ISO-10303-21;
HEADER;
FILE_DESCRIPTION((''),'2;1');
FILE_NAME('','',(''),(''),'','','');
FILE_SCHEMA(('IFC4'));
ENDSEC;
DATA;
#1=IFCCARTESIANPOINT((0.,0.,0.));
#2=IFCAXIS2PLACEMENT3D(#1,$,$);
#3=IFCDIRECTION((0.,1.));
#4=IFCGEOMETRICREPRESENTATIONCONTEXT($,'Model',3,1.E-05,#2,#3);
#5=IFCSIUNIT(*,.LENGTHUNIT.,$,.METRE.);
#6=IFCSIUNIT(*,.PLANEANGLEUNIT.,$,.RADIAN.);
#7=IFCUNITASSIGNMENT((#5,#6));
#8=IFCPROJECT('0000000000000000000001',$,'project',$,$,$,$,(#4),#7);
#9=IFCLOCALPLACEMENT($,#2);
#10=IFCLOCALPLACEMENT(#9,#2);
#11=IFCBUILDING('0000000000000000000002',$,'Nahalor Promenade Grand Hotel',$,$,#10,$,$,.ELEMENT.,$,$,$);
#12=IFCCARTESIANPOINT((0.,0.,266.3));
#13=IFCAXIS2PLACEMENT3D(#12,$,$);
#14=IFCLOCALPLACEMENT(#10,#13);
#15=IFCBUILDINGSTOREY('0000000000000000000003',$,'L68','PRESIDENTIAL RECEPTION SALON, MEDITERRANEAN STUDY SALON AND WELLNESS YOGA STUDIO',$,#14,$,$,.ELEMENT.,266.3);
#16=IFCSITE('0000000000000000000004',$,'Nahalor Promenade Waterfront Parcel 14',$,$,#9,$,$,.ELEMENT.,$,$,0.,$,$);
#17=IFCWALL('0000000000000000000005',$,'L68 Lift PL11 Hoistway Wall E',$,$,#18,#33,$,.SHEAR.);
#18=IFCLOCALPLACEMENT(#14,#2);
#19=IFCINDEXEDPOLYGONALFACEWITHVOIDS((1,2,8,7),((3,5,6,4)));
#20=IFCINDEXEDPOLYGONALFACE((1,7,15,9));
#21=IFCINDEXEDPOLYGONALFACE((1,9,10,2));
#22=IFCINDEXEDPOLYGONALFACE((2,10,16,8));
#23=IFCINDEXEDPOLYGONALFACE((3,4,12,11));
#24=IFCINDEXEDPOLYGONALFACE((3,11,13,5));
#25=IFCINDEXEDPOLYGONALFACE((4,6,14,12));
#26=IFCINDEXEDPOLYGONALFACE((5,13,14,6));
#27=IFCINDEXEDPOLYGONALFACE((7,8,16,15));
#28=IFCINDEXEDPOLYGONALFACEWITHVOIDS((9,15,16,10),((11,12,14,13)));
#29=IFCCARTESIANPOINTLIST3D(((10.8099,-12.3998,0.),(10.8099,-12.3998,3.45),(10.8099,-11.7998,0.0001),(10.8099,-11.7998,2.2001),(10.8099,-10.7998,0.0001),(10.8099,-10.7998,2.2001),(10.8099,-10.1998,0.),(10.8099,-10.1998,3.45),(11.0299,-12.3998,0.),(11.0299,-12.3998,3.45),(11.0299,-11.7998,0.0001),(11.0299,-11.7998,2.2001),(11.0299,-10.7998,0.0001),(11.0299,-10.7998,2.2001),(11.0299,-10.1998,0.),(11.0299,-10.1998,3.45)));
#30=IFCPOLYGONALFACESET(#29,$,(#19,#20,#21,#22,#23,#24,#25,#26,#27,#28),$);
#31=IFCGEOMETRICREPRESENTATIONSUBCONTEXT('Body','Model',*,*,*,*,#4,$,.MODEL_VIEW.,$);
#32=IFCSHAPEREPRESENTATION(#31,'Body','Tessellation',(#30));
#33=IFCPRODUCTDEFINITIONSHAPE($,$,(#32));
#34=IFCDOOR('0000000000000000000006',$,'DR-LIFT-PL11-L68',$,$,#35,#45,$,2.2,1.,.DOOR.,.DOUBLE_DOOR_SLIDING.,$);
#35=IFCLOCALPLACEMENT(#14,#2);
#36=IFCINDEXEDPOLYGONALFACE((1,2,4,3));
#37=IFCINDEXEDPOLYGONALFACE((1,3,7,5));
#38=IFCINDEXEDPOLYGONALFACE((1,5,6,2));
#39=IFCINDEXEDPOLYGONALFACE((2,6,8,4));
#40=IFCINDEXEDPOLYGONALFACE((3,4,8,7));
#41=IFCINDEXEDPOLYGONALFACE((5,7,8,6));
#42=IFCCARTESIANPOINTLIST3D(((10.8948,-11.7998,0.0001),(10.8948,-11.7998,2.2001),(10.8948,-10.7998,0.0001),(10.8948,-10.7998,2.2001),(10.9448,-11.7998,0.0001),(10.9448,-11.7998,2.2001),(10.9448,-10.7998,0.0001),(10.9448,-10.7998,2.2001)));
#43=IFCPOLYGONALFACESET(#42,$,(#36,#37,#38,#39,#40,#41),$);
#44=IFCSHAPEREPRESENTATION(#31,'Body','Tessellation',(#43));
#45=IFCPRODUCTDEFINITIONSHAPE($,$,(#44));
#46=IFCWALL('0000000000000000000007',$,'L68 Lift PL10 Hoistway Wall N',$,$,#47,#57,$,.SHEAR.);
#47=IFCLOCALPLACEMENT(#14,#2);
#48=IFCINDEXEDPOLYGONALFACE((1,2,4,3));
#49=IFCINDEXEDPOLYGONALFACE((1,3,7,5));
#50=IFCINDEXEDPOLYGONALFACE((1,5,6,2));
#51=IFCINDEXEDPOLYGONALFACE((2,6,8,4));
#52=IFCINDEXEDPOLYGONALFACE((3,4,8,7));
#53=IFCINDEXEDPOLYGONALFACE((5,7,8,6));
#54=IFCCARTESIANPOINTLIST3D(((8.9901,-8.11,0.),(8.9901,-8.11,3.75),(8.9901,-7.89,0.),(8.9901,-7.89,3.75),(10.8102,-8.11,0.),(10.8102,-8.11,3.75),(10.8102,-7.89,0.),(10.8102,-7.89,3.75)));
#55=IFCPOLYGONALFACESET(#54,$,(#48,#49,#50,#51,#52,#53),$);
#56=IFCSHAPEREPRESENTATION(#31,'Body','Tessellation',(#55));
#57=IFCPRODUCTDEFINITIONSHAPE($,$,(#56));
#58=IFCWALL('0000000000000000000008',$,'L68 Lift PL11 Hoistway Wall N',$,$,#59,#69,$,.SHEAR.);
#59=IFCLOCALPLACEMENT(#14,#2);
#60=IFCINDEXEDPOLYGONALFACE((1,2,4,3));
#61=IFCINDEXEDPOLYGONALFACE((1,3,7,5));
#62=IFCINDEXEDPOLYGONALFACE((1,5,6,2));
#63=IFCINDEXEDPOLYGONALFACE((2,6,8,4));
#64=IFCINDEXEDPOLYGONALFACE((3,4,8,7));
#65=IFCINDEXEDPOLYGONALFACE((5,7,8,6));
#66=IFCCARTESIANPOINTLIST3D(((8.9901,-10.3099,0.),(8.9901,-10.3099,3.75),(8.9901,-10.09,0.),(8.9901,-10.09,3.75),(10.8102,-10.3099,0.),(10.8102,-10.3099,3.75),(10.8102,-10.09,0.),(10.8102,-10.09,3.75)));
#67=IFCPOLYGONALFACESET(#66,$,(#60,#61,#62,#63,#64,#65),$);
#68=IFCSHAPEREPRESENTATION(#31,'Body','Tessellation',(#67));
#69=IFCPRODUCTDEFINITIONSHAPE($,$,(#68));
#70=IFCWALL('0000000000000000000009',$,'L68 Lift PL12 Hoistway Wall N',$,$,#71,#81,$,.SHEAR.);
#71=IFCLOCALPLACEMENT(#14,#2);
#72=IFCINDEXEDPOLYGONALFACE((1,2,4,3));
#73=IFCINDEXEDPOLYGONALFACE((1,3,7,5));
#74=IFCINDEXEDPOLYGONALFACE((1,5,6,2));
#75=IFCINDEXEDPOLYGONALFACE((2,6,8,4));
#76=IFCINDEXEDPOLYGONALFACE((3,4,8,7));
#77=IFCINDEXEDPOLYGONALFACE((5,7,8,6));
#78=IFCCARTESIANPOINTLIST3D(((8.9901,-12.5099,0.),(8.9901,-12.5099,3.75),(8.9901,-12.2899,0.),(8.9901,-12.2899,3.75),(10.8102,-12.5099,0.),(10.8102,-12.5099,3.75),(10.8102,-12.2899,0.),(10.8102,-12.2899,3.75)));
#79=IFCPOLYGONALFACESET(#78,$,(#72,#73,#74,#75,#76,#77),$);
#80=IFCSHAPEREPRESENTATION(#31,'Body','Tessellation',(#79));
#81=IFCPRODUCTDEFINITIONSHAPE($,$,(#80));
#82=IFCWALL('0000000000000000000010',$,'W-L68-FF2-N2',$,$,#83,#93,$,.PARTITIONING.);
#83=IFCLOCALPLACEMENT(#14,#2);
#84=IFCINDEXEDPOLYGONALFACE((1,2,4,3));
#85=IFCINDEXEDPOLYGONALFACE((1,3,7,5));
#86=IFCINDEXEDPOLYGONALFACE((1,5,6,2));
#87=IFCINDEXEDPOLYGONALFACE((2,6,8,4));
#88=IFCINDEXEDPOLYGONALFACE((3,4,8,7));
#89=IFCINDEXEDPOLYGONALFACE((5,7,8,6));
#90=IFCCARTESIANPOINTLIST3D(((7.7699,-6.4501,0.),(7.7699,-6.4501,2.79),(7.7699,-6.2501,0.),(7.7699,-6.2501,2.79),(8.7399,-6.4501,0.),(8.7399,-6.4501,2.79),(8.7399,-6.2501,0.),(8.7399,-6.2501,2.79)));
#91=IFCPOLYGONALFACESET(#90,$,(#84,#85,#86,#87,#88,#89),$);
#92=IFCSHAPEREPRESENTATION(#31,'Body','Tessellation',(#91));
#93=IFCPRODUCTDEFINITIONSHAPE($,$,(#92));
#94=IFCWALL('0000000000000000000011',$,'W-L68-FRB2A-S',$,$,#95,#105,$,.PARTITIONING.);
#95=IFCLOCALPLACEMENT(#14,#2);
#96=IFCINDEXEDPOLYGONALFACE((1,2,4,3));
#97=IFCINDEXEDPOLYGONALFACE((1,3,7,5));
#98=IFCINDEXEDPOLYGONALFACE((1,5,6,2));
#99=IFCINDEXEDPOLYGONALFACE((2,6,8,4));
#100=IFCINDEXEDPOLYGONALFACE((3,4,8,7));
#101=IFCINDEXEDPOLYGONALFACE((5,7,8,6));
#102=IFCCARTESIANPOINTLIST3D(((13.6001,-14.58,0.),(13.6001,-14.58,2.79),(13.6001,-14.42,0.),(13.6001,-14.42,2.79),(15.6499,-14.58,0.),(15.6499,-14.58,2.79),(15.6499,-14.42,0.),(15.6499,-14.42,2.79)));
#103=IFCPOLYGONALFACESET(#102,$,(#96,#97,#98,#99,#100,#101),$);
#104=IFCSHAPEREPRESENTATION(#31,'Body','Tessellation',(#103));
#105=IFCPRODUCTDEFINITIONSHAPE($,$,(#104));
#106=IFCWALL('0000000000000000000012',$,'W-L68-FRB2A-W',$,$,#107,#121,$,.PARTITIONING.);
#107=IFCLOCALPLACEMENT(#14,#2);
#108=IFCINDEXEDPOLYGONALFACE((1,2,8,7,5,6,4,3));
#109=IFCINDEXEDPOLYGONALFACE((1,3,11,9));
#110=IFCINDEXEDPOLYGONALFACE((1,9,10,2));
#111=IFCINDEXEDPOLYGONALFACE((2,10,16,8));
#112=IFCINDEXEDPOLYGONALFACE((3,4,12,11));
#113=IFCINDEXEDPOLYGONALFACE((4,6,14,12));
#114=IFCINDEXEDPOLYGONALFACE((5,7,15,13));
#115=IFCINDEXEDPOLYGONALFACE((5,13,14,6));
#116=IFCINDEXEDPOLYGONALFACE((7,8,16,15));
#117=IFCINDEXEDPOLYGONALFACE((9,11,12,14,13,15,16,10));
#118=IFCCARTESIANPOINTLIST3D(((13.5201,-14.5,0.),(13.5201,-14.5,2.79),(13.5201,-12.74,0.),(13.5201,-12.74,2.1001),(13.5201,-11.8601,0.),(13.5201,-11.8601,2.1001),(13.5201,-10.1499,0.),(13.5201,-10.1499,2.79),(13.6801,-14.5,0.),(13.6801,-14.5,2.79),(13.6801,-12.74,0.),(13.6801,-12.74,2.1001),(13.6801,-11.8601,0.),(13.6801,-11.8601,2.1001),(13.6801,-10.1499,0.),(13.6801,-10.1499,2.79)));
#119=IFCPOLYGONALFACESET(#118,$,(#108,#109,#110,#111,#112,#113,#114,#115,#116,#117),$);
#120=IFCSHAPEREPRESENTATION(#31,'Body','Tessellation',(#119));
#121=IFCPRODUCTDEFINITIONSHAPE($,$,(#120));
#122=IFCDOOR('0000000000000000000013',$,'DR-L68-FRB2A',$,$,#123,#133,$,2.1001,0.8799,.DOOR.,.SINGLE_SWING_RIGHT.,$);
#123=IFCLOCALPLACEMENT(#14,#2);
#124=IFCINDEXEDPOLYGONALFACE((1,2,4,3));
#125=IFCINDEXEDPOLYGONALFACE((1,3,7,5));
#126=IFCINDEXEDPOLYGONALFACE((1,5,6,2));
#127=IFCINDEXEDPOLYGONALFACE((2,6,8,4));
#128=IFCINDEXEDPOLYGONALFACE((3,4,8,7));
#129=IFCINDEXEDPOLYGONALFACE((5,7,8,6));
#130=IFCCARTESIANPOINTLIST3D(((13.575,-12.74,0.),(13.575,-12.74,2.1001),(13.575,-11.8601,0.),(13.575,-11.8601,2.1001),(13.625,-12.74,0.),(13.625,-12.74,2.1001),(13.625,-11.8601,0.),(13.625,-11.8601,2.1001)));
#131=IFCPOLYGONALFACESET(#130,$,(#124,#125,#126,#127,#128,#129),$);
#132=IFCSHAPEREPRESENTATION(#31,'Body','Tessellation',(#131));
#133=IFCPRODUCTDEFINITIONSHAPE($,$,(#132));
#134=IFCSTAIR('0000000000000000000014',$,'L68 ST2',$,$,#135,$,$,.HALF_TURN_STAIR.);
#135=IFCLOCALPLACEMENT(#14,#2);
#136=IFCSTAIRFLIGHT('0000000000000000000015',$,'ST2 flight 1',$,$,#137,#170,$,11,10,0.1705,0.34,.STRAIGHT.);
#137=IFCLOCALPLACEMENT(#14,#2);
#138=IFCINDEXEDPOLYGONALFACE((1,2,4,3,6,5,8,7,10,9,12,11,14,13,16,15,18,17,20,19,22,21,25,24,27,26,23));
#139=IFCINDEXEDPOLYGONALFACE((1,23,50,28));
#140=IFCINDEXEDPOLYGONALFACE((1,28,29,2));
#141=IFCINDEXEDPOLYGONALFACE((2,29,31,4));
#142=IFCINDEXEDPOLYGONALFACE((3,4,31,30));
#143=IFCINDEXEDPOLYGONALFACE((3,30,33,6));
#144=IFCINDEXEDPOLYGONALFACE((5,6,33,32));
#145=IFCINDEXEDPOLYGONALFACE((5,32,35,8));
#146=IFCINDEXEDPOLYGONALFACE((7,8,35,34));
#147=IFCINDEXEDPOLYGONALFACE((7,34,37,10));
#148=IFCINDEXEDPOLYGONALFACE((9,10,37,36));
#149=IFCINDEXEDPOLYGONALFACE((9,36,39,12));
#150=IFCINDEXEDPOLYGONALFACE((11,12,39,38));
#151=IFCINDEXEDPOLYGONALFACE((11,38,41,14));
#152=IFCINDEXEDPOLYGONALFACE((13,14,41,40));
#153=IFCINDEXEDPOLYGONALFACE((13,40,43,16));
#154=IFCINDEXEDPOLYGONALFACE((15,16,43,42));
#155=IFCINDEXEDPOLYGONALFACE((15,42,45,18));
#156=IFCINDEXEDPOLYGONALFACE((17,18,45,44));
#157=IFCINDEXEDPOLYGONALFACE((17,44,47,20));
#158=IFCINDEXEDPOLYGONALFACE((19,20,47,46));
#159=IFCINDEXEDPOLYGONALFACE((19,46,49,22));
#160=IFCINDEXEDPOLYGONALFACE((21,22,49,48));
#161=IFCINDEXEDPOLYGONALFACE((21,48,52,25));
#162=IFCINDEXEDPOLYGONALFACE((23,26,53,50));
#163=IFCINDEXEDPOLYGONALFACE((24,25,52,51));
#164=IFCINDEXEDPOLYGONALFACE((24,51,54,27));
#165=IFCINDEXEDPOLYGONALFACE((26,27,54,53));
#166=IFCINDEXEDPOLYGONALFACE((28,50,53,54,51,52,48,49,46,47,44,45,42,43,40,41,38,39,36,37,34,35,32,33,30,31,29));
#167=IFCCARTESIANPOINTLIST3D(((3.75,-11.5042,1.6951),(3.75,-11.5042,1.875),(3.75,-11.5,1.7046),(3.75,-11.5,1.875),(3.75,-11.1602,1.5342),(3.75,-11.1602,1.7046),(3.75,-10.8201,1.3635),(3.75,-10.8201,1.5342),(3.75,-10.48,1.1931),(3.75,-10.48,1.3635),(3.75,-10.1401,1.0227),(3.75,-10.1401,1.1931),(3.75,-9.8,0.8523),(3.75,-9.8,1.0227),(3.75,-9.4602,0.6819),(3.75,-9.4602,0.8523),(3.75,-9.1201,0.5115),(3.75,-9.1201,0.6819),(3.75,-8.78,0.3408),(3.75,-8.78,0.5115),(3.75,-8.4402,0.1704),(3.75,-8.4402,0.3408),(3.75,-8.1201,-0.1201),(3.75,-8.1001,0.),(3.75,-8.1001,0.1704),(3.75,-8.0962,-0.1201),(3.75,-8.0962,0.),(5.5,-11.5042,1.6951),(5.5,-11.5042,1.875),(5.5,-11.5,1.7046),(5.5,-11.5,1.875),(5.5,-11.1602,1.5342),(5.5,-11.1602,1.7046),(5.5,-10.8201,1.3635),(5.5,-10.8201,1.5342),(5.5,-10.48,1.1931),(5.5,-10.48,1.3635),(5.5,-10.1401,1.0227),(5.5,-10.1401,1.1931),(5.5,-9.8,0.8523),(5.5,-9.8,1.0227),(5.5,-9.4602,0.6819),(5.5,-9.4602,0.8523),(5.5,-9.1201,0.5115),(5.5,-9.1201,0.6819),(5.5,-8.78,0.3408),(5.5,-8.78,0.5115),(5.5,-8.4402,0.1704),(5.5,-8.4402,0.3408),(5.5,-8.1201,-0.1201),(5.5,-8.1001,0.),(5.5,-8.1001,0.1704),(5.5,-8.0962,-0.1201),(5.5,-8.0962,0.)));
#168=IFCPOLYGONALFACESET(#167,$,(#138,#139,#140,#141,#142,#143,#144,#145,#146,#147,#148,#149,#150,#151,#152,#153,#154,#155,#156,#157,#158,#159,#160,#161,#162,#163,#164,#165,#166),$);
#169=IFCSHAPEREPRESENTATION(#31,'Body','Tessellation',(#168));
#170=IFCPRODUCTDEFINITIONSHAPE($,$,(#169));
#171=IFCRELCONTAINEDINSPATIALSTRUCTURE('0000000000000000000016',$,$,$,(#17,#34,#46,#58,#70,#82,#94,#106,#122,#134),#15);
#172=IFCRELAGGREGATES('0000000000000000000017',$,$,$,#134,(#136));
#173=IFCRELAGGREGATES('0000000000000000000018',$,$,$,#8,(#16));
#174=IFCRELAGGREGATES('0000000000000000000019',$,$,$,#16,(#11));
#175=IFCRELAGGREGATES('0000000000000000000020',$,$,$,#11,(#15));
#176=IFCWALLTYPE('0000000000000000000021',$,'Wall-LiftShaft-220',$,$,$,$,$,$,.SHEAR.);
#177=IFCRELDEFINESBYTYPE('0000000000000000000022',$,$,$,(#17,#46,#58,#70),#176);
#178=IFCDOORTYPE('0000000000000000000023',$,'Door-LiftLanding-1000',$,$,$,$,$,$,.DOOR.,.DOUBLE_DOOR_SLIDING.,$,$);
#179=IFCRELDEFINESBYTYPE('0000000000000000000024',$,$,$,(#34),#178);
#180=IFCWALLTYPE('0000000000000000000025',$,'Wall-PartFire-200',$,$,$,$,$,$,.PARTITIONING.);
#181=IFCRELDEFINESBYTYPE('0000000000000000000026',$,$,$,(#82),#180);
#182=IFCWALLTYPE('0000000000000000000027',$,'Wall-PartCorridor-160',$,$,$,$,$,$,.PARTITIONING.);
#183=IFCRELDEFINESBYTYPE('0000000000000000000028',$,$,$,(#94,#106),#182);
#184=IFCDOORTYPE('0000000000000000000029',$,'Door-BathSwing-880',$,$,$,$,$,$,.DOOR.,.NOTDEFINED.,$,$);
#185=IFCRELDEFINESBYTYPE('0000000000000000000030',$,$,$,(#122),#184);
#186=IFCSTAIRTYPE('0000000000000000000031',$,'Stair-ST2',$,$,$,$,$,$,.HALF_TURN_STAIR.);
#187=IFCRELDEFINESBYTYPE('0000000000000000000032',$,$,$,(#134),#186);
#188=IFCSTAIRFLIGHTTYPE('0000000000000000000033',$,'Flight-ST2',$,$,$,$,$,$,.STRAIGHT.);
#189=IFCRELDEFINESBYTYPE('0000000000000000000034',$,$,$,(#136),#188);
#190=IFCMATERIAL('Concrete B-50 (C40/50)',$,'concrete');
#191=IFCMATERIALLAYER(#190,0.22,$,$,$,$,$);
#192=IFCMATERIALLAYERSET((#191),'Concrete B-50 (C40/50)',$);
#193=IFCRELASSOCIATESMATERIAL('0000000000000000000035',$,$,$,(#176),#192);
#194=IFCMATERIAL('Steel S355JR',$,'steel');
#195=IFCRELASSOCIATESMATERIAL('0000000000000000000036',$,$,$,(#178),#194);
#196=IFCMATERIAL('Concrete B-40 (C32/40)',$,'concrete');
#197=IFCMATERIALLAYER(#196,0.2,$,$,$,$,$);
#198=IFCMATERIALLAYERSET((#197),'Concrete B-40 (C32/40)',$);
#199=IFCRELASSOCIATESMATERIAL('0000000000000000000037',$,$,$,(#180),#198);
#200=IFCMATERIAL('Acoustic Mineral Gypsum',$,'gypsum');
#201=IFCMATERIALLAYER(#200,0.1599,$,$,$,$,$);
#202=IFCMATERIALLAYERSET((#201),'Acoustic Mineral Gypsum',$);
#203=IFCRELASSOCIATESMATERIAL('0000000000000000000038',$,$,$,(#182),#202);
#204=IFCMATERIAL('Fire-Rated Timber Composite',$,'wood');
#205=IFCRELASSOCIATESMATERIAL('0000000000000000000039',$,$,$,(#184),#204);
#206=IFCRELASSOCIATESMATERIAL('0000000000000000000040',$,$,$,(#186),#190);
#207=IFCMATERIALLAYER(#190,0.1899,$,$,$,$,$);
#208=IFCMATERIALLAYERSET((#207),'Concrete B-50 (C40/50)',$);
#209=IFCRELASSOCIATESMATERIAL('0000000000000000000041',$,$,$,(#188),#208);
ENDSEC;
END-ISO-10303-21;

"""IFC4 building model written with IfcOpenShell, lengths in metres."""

from ifc_helpers import new_model, si_unit, direction, frame, frame_2d, origin, place, context, subcontext, project, spatial, polyline, rectangle, outline, extrude, source, transform, mapped, material, layer, layer_set, type_object, element, fill, aggregate, save


model = new_model("IFC4")

# Units and contexts
model_context = context("Model", 3, precision=1e-05, world=origin(), true_north=direction((0.0, 1.0)))
body_context = subcontext(model_context, "Body", "Model", "MODEL_VIEW")
ifc_project = project(units=[si_unit("LENGTHUNIT", "METRE"), si_unit("PLANEANGLEUNIT", "RADIAN")], contexts=[model_context])

# Site, building, storey
site_placement = place(None, origin())
site = spatial("IfcSite", under=ifc_project, at=site_placement, Name="Nahalor Promenade Waterfront Parcel 14", CompositionType="ELEMENT", RefElevation=0.0)
building_placement = place(site_placement, origin())
building = spatial("IfcBuilding", under=site, at=building_placement, Name="Nahalor Promenade Grand Hotel", CompositionType="ELEMENT")
storey_placement = place(building_placement, frame((0.0, 0.0, 266.3)))
storey = spatial("IfcBuildingStorey", under=building, at=storey_placement, Name="L68", Description="PRESIDENTIAL RECEPTION SALON, MEDITERRANEAN STUDY SALON AND WELLNESS YOGA STUDIO", CompositionType="ELEMENT", Elevation=266.3)

# Shared definitions
ifc_material_1 = material(Name="Steel S355JR", Category="steel")

# Shared definitions
ifc_material_2 = material(Name="Concrete B-50 (C40/50)", Category="concrete")
ifc_layer_1 = layer(ifc_material_2, 0.22)
ifc_layer_set_1 = layer_set([ifc_layer_1], Name="Concrete B-50 (C40/50)")
wall_type_1 = type_object("IfcWallType", Name="Wall-LiftShaft-220", PredefinedType="SHEAR", material=ifc_layer_set_1)

# Shared definitions
door_type_1 = type_object("IfcDoorType", Name="Door-LiftLanding-1000", OperationType="DOUBLE_DOOR_SLIDING", PredefinedType="DOOR", material=ifc_material_1)
shared_shape_1 = source(origin(), body_context, "Body", "SweptSolid", [
    extrude(rectangle(XDim=1.0, YDim=2.2, at=frame_2d((0.5, 1.1001))), frame((0.0, 0.0249, 0.0), z_axis=(0.0, -1.0, 0.0), x_axis=(1.0, 0.0, 0.0)), (0.0, 0.0, 1.0), 0.05),
])

# Shared definitions
shared_shape_2 = source(origin(), body_context, "Body", "SweptSolid", [
    extrude(rectangle(XDim=2.2, YDim=0.22, at=frame_2d((1.1001, 0.0))), origin(), (0.0, 0.0, 1.0), 3.45),
])

# Wall, opening, door
wall_1_placement = place(storey_placement, frame((10.9199, -12.3999, 0.0), z_axis=(0.0, 0.0, 1.0), x_axis=(0.0, 1.0, 0.0)))
wall_1 = element("IfcWall", 1, at=wall_1_placement, inside=storey, type_object=wall_type_1, Name="L68 Lift PL11 Hoistway Wall E", PredefinedType="SHEAR", context=body_context, shape_type="MappedRepresentation", body=[
    mapped(shared_shape_2, transform((0.0, 0.0, 0.0), scale=1.0)),
])
opening_1_placement = place(wall_1_placement, frame((0.6001, 0.0, 0.0)))
opening_1 = element("IfcOpeningElement", 2, at=opening_1_placement, cuts=wall_1, PredefinedType="OPENING", context=body_context, shape_type="SweptSolid", body=[
    extrude(rectangle(XDim=1.0, YDim=2.2, at=frame_2d((0.5, 1.1001))), frame((0.0, 0.1199, 0.0), z_axis=(0.0, -1.0, 0.0), x_axis=(1.0, 0.0, 0.0)), (0.0, 0.0, 1.0), 0.24),
])
door_1_placement = place(opening_1_placement, frame((1.0, 0.0, 0.0), z_axis=(0.0, 0.0, 1.0), x_axis=(-1.0, 0.0, 0.0)))
door_1 = element("IfcDoor", 3, at=door_1_placement, inside=storey, type_object=door_type_1, Name="DR-LIFT-PL11-L68", OperationType="DOUBLE_DOOR_SLIDING", OverallHeight=2.2, OverallWidth=1.0, PredefinedType="DOOR", context=body_context, shape_type="MappedRepresentation", body=[
    mapped(shared_shape_1, transform((0.0, 0.0, 0.0), scale=1.0)),
])
fill(opening_1, door_1)

# Walls
shared_shape_3 = source(origin(), body_context, "Body", "SweptSolid", [
    extrude(rectangle(XDim=1.8201, YDim=0.22, at=frame_2d((0.9102, 0.0))), origin(), (0.0, 0.0, 1.0), 3.75),
])
for number, where, z_axis, x_axis, name in (
    (4, (8.99, -8.0, 0.0), (0.0, 0.0, 1.0), (1.0, 0.0, 0.0), "L68 Lift PL10 Hoistway Wall N"),
    (5, (8.99, -10.2, 0.0), (0.0, 0.0, 1.0), (1.0, 0.0, 0.0), "L68 Lift PL11 Hoistway Wall N"),
    (6, (8.99, -12.3999, 0.0), (0.0, 0.0, 1.0), (1.0, 0.0, 0.0), "L68 Lift PL12 Hoistway Wall N"),
):
    element("IfcWall", number, at=place(storey_placement, frame(where, z_axis=z_axis, x_axis=x_axis)), inside=storey, type_object=wall_type_1, Name=name, PredefinedType="SHEAR", context=body_context, shape_type="MappedRepresentation", body=[
        mapped(shared_shape_3, transform((0.0, 0.0, 0.0), scale=1.0)),
    ])
ifc_material_3 = material(Name="Concrete B-40 (C32/40)", Category="concrete")
ifc_layer_2 = layer(ifc_material_3, 0.2)
ifc_layer_set_2 = layer_set([ifc_layer_2], Name="Concrete B-40 (C32/40)")
wall_type_2 = type_object("IfcWallType", Name="Wall-PartFire-200", PredefinedType="PARTITIONING", material=ifc_layer_set_2)
shared_shape_4 = source(origin(), body_context, "Body", "SweptSolid", [
    extrude(rectangle(XDim=0.97, YDim=0.2, at=frame_2d((0.4849, 0.0))), origin(), (0.0, 0.0, 1.0), 2.79),
])
wall_2_placement = place(storey_placement, frame((7.77, -6.3501, 0.0), z_axis=(0.0, 0.0, 1.0), x_axis=(1.0, 0.0, 0.0)))
element("IfcWall", 7, at=wall_2_placement, inside=storey, type_object=wall_type_2, Name="W-L68-FF2-N2", PredefinedType="PARTITIONING", context=body_context, shape_type="MappedRepresentation", body=[
    mapped(shared_shape_4, transform((0.0, 0.0, 0.0), scale=1.0)),
])
ifc_material_4 = material(Name="Acoustic Mineral Gypsum", Category="gypsum")
ifc_layer_3 = layer(ifc_material_4, 0.1599)
ifc_layer_set_3 = layer_set([ifc_layer_3], Name="Acoustic Mineral Gypsum")
wall_type_3 = type_object("IfcWallType", Name="Wall-PartCorridor-160", PredefinedType="PARTITIONING", material=ifc_layer_set_3)
shared_shape_5 = source(origin(), body_context, "Body", "SweptSolid", [
    extrude(rectangle(XDim=2.0498, YDim=0.1599, at=frame_2d((1.0249, 0.0))), origin(), (0.0, 0.0, 1.0), 2.79),
])
wall_3_placement = place(storey_placement, frame((13.6001, -14.5, 0.0), z_axis=(0.0, 0.0, 1.0), x_axis=(1.0, 0.0, 0.0)))
element("IfcWall", 8, at=wall_3_placement, inside=storey, type_object=wall_type_3, Name="W-L68-FRB2A-S", PredefinedType="PARTITIONING", context=body_context, shape_type="MappedRepresentation", body=[
    mapped(shared_shape_5, transform((0.0, 0.0, 0.0), scale=1.0)),
])

# Wall, opening, door
shared_shape_6 = source(origin(), body_context, "Body", "SweptSolid", [
    extrude(rectangle(XDim=4.3501, YDim=0.1599, at=frame_2d((2.175, 0.0))), origin(), (0.0, 0.0, 1.0), 2.79),
])
wall_4_placement = place(storey_placement, frame((13.6001, -14.5, 0.0), z_axis=(0.0, 0.0, 1.0), x_axis=(0.0, 1.0, 0.0)))
wall_4 = element("IfcWall", 9, at=wall_4_placement, inside=storey, type_object=wall_type_3, Name="W-L68-FRB2A-W", PredefinedType="PARTITIONING", context=body_context, shape_type="MappedRepresentation", body=[
    mapped(shared_shape_6, transform((0.0, 0.0, 0.0), scale=1.0)),
])
opening_2_placement = place(wall_4_placement, frame((1.76, 0.0, 0.0)))
opening_2 = element("IfcOpeningElement", 10, at=opening_2_placement, cuts=wall_4, PredefinedType="OPENING", context=body_context, shape_type="SweptSolid", body=[
    extrude(rectangle(XDim=0.8799, YDim=2.1001, at=frame_2d((0.4399, 1.05))), frame((0.0, 0.0898, 0.0), z_axis=(0.0, -1.0, 0.0), x_axis=(1.0, 0.0, 0.0)), (0.0, 0.0, 1.0), 0.1799),
])
ifc_material_5 = material(Name="Fire-Rated Timber Composite", Category="wood")
door_type_2 = type_object("IfcDoorType", Name="Door-BathSwing-880", OperationType="NOTDEFINED", PredefinedType="DOOR", material=ifc_material_5)
shared_shape_7 = source(origin(), body_context, "Body", "SweptSolid", [
    extrude(rectangle(XDim=0.8799, YDim=2.1001, at=frame_2d((0.4399, 1.05))), frame((0.0, 0.0249, 0.0), z_axis=(0.0, -1.0, 0.0), x_axis=(1.0, 0.0, 0.0)), (0.0, 0.0, 1.0), 0.05),
])
door_2_placement = place(opening_2_placement, frame((0.8799, 0.0, 0.0), z_axis=(0.0, 0.0, 1.0), x_axis=(-1.0, 0.0, 0.0)))
door_2 = element("IfcDoor", 11, at=door_2_placement, inside=storey, type_object=door_type_2, Name="DR-L68-FRB2A", OperationType="SINGLE_SWING_RIGHT", OverallHeight=2.1001, OverallWidth=0.8799, PredefinedType="DOOR", context=body_context, shape_type="MappedRepresentation", body=[
    mapped(shared_shape_7, transform((0.0, 0.0, 0.0), scale=1.0)),
])
fill(opening_2, door_2)

# Stair, stair flight
stair_type = type_object("IfcStairType", Name="Stair-ST2", PredefinedType="HALF_TURN_STAIR", material=ifc_material_2)
stair_placement = place(storey_placement, origin())
stair = element("IfcStair", 12, at=stair_placement, inside=storey, type_object=stair_type, Name="L68 ST2", PredefinedType="HALF_TURN_STAIR")
ifc_layer_4 = layer(ifc_material_2, 0.1899)
ifc_layer_set_4 = layer_set([ifc_layer_4], Name="Concrete B-50 (C40/50)")
stair_flight_type = type_object("IfcStairFlightType", Name="Flight-ST2", PredefinedType="STRAIGHT", material=ifc_layer_set_4)
shared_shape_8 = source(origin(), body_context, "Body", "SweptSolid", [
    extrude(outline(polyline([(-0.0039, -0.1201), (-0.0039, 0.0), (0.0, 0.0), (0.0, 0.1704), (0.3401, 0.1704), (0.3401, 0.3408), (0.6799, 0.3408), (0.6799, 0.5115), (1.02, 0.5115), (1.02, 0.6819), (1.3601, 0.6819), (1.3601, 0.8523), (1.7, 0.8523), (1.7, 1.0227), (2.04, 1.0227), (2.04, 1.1931), (2.3799, 1.1931), (2.3799, 1.3635), (2.72, 1.3635), (2.72, 1.5342), (3.0601, 1.5342), (3.0601, 1.7046), (3.3999, 1.7046), (3.3999, 1.875), (3.4041, 1.875), (3.4041, 1.6951), (0.02, -0.1201), (-0.0039, -0.1201)])), frame((0.0, 0.875, 0.0), z_axis=(0.0, -1.0, 0.0), x_axis=(1.0, 0.0, 0.0)), (0.0, 0.0, 1.0), 1.75),
])
stair_flight_1_placement = place(storey_placement, frame((4.625, -8.1001, 0.0), z_axis=(0.0, 0.0, 1.0), x_axis=(0.0, -1.0, 0.0)))
stair_flight_1 = element("IfcStairFlight", 13, at=stair_flight_1_placement, type_object=stair_flight_type, Name="ST2 flight 1", NumberOfRisers=11, NumberOfTreads=10, PredefinedType="STRAIGHT", RiserHeight=0.1705, TreadLength=0.34, context=body_context, shape_type="MappedRepresentation", body=[
    mapped(shared_shape_8, transform((0.0, 0.0, 0.0), scale=1.0)),
])
aggregate(stair, [stair_flight_1])

save(model, "model.ifc")
